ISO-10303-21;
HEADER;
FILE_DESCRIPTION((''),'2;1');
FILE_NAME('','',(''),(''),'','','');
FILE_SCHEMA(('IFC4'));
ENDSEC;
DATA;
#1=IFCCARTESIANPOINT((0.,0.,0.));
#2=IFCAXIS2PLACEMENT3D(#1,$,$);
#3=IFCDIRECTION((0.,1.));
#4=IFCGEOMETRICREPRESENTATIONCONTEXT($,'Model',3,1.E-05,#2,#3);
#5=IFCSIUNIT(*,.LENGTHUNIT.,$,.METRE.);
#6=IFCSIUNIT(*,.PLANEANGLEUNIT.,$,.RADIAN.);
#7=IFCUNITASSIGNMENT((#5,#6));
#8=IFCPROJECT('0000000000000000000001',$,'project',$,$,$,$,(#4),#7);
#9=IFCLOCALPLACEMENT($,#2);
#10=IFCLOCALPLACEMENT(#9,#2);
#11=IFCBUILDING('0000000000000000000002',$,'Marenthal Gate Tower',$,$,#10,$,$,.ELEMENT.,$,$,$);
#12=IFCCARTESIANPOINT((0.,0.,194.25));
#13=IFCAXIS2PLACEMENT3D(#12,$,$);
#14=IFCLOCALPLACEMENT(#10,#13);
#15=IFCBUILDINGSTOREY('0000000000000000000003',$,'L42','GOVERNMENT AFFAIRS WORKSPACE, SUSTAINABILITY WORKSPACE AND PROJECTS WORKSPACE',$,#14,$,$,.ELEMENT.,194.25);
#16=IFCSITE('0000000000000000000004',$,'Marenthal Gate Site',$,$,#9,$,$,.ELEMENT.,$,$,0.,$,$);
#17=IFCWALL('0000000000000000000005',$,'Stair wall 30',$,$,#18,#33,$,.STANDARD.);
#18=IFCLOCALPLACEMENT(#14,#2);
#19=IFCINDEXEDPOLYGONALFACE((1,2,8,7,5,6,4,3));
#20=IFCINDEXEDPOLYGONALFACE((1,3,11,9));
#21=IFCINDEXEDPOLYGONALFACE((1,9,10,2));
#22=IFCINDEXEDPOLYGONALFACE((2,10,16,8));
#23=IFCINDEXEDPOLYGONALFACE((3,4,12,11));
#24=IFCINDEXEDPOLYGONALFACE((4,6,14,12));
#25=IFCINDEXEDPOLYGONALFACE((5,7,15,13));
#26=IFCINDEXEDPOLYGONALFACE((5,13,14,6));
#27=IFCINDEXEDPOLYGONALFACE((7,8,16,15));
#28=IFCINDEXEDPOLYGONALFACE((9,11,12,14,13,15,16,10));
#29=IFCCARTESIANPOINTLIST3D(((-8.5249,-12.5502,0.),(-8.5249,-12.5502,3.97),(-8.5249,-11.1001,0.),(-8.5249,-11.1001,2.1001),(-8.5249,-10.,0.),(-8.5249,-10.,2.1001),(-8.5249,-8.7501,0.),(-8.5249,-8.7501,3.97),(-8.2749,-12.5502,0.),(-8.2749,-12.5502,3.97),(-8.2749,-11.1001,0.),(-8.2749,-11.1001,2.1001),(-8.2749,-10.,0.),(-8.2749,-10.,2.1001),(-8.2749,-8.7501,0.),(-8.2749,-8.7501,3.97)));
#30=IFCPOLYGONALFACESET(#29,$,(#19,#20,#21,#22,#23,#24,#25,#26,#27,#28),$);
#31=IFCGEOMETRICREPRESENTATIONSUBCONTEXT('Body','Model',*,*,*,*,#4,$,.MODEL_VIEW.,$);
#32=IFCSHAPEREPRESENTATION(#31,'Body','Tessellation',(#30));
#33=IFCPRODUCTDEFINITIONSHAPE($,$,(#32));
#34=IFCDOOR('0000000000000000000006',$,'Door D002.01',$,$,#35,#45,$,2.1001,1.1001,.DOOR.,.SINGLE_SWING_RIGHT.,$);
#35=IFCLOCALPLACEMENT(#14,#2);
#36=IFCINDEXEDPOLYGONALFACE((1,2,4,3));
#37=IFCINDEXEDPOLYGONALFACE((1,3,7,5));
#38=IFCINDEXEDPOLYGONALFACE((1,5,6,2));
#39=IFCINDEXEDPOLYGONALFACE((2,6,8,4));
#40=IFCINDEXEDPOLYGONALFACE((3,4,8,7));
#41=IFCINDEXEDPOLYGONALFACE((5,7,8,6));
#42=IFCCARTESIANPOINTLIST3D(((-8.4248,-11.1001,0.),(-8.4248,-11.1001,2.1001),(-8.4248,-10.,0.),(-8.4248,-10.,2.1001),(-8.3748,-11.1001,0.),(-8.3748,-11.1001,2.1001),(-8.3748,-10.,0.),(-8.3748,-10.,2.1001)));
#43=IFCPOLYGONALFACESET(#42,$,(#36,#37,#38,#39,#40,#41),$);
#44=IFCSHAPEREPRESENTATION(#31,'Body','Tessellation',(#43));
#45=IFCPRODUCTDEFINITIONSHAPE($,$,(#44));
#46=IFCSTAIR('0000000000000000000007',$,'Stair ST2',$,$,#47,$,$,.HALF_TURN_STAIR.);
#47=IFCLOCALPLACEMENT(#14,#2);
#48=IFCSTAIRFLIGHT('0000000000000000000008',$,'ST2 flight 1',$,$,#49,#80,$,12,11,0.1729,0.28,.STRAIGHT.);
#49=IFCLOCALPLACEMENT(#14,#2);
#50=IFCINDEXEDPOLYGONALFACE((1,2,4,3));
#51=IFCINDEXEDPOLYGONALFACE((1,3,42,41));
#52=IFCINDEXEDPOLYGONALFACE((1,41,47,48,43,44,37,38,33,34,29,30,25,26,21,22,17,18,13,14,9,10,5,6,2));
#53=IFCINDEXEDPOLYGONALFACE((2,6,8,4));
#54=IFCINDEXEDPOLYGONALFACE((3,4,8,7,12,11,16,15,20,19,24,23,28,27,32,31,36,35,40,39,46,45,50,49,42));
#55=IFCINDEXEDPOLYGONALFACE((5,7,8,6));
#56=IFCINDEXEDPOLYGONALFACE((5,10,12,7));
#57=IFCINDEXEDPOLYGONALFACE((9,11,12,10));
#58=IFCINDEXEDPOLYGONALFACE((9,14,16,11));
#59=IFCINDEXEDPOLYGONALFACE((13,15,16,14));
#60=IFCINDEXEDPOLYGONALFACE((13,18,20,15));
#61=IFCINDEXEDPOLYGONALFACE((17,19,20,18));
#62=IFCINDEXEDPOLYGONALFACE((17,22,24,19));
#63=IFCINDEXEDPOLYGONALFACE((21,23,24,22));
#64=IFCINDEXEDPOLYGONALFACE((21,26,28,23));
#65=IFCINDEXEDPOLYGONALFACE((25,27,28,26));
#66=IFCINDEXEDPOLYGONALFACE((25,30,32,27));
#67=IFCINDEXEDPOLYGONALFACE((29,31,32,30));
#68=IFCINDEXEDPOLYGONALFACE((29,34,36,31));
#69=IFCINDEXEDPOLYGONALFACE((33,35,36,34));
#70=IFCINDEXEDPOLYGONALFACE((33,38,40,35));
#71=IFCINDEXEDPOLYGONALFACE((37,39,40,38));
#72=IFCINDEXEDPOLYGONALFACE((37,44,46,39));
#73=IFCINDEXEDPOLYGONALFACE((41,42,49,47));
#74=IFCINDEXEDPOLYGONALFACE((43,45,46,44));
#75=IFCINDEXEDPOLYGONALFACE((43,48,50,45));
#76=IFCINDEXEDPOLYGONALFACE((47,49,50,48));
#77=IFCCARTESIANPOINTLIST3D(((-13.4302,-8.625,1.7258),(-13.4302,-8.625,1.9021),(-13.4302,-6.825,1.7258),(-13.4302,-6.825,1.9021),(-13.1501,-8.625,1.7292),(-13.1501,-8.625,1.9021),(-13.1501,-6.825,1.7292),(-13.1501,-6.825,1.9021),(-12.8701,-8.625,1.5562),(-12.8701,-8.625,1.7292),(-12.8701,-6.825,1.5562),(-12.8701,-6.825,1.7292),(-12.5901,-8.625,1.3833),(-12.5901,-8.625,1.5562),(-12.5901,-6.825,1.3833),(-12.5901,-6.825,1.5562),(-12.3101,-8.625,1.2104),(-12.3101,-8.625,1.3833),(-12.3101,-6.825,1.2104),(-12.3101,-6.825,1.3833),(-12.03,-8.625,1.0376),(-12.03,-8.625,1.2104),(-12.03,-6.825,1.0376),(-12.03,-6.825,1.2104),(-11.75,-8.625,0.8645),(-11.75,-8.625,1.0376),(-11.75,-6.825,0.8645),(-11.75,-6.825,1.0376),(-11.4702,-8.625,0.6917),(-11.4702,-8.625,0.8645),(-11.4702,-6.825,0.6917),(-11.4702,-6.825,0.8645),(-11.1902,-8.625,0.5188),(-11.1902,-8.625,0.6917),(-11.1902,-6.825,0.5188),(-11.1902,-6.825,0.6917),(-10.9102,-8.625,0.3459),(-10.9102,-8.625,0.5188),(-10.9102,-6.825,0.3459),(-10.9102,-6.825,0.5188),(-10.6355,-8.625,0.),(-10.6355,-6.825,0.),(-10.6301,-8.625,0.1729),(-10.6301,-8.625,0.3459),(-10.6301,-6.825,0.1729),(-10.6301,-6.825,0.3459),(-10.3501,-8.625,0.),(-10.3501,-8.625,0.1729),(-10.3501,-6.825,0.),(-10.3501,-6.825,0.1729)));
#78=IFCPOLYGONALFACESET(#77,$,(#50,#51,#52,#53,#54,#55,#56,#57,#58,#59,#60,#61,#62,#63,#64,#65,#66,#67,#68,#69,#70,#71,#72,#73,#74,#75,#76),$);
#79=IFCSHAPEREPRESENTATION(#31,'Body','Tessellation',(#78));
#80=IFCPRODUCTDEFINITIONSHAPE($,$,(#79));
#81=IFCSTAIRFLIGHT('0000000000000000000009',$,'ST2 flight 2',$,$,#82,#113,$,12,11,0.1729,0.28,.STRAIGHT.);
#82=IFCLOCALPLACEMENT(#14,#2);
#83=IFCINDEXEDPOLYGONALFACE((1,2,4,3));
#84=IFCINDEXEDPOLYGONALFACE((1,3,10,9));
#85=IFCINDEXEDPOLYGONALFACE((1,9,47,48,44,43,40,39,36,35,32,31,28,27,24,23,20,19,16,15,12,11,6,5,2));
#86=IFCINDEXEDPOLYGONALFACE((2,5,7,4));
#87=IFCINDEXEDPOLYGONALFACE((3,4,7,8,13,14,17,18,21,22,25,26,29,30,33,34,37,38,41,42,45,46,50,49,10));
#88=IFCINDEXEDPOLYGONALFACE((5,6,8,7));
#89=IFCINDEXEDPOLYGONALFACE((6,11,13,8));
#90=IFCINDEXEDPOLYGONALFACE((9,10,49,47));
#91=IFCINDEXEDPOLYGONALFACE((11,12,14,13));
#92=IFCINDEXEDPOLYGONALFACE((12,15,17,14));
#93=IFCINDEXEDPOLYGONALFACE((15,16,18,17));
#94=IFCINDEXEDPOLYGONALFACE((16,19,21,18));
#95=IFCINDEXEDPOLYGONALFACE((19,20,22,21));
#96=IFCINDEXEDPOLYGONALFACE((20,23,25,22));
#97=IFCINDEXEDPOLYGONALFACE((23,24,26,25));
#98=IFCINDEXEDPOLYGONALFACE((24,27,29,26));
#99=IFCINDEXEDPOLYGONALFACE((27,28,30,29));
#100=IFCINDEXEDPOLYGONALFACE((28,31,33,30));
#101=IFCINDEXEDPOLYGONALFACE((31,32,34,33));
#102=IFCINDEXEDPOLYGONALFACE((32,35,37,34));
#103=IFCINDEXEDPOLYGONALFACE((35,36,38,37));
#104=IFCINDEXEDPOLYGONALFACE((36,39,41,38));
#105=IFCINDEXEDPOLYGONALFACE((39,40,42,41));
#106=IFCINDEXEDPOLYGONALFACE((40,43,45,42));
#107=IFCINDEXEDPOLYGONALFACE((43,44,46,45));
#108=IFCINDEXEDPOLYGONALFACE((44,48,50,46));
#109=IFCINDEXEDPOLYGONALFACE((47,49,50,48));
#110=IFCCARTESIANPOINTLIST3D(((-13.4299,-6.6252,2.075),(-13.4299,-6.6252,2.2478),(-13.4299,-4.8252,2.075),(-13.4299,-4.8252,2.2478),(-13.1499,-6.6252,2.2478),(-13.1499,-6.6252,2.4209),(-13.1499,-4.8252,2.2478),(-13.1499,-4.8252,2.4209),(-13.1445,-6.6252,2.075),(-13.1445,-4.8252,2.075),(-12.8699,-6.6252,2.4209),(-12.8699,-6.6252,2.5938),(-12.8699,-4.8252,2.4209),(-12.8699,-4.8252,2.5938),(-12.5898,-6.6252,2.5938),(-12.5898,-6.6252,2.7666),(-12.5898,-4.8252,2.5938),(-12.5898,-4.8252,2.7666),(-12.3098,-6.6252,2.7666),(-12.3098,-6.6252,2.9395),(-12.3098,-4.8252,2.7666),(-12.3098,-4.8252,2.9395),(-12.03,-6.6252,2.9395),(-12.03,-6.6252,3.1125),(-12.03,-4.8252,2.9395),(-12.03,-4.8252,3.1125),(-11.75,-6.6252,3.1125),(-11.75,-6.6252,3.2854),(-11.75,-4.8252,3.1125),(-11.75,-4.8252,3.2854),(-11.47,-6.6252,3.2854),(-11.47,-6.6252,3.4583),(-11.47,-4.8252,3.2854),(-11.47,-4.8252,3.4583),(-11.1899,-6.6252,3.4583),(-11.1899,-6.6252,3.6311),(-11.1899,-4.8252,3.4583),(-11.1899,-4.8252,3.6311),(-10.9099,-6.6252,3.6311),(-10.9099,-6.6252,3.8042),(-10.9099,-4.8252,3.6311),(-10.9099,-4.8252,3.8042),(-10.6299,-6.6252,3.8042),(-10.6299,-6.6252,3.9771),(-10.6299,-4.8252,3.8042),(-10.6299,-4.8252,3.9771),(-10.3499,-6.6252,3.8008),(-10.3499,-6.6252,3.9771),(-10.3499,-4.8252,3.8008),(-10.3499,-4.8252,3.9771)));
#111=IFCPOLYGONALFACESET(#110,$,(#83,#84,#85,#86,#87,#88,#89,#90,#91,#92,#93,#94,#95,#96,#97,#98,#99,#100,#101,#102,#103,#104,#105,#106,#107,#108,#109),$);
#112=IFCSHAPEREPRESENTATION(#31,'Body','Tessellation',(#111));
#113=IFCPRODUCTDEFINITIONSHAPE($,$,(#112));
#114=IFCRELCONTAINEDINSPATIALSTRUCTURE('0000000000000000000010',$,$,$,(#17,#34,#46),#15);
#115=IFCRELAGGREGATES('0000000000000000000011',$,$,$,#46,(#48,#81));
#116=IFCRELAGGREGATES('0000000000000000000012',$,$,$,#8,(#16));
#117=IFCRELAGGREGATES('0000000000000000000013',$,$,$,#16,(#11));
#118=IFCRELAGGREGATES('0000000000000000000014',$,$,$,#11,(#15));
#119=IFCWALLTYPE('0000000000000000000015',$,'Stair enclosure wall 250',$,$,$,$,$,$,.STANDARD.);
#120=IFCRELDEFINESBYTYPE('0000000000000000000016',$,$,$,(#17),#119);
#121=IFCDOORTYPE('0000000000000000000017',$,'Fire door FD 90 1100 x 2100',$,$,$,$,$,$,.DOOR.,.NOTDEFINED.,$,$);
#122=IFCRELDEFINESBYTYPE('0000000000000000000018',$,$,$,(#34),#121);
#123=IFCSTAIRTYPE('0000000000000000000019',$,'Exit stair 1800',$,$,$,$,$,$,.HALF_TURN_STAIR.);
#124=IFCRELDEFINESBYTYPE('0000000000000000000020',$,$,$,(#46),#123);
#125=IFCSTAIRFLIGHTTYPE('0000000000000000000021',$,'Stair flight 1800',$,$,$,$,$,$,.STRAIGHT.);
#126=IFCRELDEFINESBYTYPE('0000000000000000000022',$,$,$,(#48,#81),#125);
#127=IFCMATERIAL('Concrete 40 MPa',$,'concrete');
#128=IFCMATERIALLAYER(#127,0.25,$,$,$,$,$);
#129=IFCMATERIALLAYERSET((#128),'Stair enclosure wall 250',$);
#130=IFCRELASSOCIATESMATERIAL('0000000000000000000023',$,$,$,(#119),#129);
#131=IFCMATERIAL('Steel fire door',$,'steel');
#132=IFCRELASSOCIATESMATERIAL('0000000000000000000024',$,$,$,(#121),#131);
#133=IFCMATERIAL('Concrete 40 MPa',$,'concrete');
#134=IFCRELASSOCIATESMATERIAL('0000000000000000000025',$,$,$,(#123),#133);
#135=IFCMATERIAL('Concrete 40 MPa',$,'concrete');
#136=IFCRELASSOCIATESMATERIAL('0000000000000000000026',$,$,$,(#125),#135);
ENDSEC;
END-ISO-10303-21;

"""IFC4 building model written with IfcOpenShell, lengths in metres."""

from ifc_helpers import new_model, si_unit, direction, frame, frame_2d, origin, place, context, subcontext, project, spatial, polyline, rectangle, outline, extrude, material, layer, layer_set, type_object, element, fill, aggregate, save


model = new_model("IFC4")

# Units and contexts
model_context = context("Model", 3, precision=1e-05, world=origin(), true_north=direction((0.0, 1.0)))
body_context = subcontext(model_context, "Body", "Model", "MODEL_VIEW")
ifc_project = project(units=[si_unit("LENGTHUNIT", "METRE"), si_unit("PLANEANGLEUNIT", "RADIAN")], contexts=[model_context])

# Site, building, storey
site_placement = place(None, origin())
site = spatial("IfcSite", under=ifc_project, at=site_placement, Name="Marenthal Gate Site", CompositionType="ELEMENT", RefElevation=0.0)
building_placement = place(site_placement, origin())
building = spatial("IfcBuilding", under=site, at=building_placement, Name="Marenthal Gate Tower", CompositionType="ELEMENT")
storey_placement = place(building_placement, frame((0.0, 0.0, 194.25)))
storey = spatial("IfcBuildingStorey", under=building, at=storey_placement, Name="L42", Description="GOVERNMENT AFFAIRS WORKSPACE, SUSTAINABILITY WORKSPACE AND PROJECTS WORKSPACE", CompositionType="ELEMENT", Elevation=194.25)

# Shared definitions
ifc_material_1 = material(Name="Concrete 40 MPa", Category="concrete")
ifc_layer_1 = layer(ifc_material_1, 0.25)
ifc_layer_set_1 = layer_set([ifc_layer_1], Name="Stair enclosure wall 250")
wall_type_1 = type_object("IfcWallType", Name="Stair enclosure wall 250", PredefinedType="STANDARD", material=ifc_layer_set_1)

# Wall, opening, door
wall_1_placement = place(storey_placement, frame((-8.3999, -12.55, 0.0), z_axis=(0.0, 0.0, 1.0), x_axis=(0.0, 1.0, 0.0)))
wall_1 = element("IfcWall", 1, at=wall_1_placement, inside=storey, type_object=wall_type_1, Name="Stair wall 30", PredefinedType="STANDARD", context=body_context, shape_type="SweptSolid", body=[
    extrude(rectangle(XDim=3.8, YDim=0.25, at=frame_2d((1.8999, 0.0))), origin(), (0.0, 0.0, 1.0), 3.97),
])
opening_1_placement = place(wall_1_placement, frame((1.45, 0.0, 0.0)))
opening_1 = element("IfcOpeningElement", 2, at=opening_1_placement, cuts=wall_1, PredefinedType="OPENING", context=body_context, shape_type="SweptSolid", body=[
    extrude(rectangle(XDim=1.1001, YDim=2.1001, at=frame_2d((0.55, 1.05))), frame((0.0, 0.135, 0.0), z_axis=(0.0, -1.0, 0.0), x_axis=(1.0, 0.0, 0.0)), (0.0, 0.0, 1.0), 0.27),
])
ifc_material_2 = material(Name="Steel fire door", Category="steel")
door_type_1 = type_object("IfcDoorType", Name="Fire door FD 90 1100 x 2100", OperationType="NOTDEFINED", PredefinedType="DOOR", material=ifc_material_2)
door_1_placement = place(opening_1_placement, origin())
door_1 = element("IfcDoor", 3, at=door_1_placement, inside=storey, type_object=door_type_1, Name="Door D002.01", OperationType="SINGLE_SWING_RIGHT", OverallHeight=2.1001, OverallWidth=1.1001, PredefinedType="DOOR", context=body_context, shape_type="SweptSolid", body=[
    extrude(rectangle(XDim=1.1001, YDim=2.1001, at=frame_2d((0.55, 1.05))), frame((0.0, 0.0249, 0.0), z_axis=(0.0, -1.0, 0.0), x_axis=(1.0, 0.0, 0.0)), (0.0, 0.0, 1.0), 0.05),
])
fill(opening_1, door_1)

# Stair, stair flights
ifc_material_3 = material(Name="Concrete 40 MPa", Category="concrete")
stair_type = type_object("IfcStairType", Name="Exit stair 1800", PredefinedType="HALF_TURN_STAIR", material=ifc_material_3)
stair_placement = place(storey_placement, origin())
stair = element("IfcStair", 4, at=stair_placement, inside=storey, type_object=stair_type, Name="Stair ST2", PredefinedType="HALF_TURN_STAIR")
ifc_material_4 = material(Name="Concrete 40 MPa", Category="concrete")
stair_flight_type = type_object("IfcStairFlightType", Name="Stair flight 1800", PredefinedType="STRAIGHT", material=ifc_material_4)
stair_flight_1_placement = place(storey_placement, frame((-10.3501, -7.7251, 0.0), z_axis=(0.0, 0.0, 1.0), x_axis=(-1.0, 0.0, 0.0)))
stair_flight_1 = element("IfcStairFlight", 5, at=stair_flight_1_placement, type_object=stair_flight_type, Name="ST2 flight 1", NumberOfRisers=12, NumberOfTreads=11, PredefinedType="STRAIGHT", RiserHeight=0.1729, TreadLength=0.28, context=body_context, shape_type="SweptSolid", body=[
    extrude(outline(polyline([(0.0, 0.0), (0.0, 0.1729), (0.28, 0.1729), (0.28, 0.3459), (0.5601, 0.3459), (0.5601, 0.5188), (0.8401, 0.5188), (0.8401, 0.6917), (1.1201, 0.6917), (1.1201, 0.8645), (1.3999, 0.8645), (1.3999, 1.0376), (1.6799, 1.0376), (1.6799, 1.2104), (1.96, 1.2104), (1.96, 1.3833), (2.24, 1.3833), (2.24, 1.5562), (2.52, 1.5562), (2.52, 1.7292), (2.8, 1.7292), (2.8, 1.9021), (3.0801, 1.9021), (3.0801, 2.075), (3.0801, 1.7258), (0.2854, 0.0), (0.0, 0.0)])), frame((0.0, 0.8999, 0.0), z_axis=(0.0, -1.0, 0.0), x_axis=(1.0, 0.0, 0.0)), (0.0, 0.0, 1.0), 1.8),
])
stair_flight_2_placement = place(storey_placement, frame((-13.4299, -5.7251, 2.075), z_axis=(0.0, 0.0, 1.0), x_axis=(1.0, 0.0, 0.0)))
stair_flight_2 = element("IfcStairFlight", 6, at=stair_flight_2_placement, type_object=stair_flight_type, Name="ST2 flight 2", NumberOfRisers=12, NumberOfTreads=11, PredefinedType="STRAIGHT", RiserHeight=0.1729, TreadLength=0.28, context=body_context, shape_type="SweptSolid", body=[
    extrude(outline(polyline([(0.0, 0.0), (0.0, 0.1729), (0.28, 0.1729), (0.28, 0.3459), (0.5601, 0.3459), (0.5601, 0.5188), (0.8401, 0.5188), (0.8401, 0.6917), (1.1201, 0.6917), (1.1201, 0.8645), (1.3999, 0.8645), (1.3999, 1.0376), (1.6799, 1.0376), (1.6799, 1.2104), (1.96, 1.2104), (1.96, 1.3833), (2.24, 1.3833), (2.24, 1.5562), (2.52, 1.5562), (2.52, 1.7292), (2.8, 1.7292), (2.8, 1.9021), (3.0801, 1.9021), (3.0801, 2.075), (3.0801, 1.7258), (0.2854, 0.0), (0.0, 0.0)])), frame((0.0, 0.8999, 0.0), z_axis=(0.0, -1.0, 0.0), x_axis=(1.0, 0.0, 0.0)), (0.0, 0.0, 1.0), 1.8),
])
aggregate(stair, [stair_flight_1, stair_flight_2])

save(model, "model.ifc")
